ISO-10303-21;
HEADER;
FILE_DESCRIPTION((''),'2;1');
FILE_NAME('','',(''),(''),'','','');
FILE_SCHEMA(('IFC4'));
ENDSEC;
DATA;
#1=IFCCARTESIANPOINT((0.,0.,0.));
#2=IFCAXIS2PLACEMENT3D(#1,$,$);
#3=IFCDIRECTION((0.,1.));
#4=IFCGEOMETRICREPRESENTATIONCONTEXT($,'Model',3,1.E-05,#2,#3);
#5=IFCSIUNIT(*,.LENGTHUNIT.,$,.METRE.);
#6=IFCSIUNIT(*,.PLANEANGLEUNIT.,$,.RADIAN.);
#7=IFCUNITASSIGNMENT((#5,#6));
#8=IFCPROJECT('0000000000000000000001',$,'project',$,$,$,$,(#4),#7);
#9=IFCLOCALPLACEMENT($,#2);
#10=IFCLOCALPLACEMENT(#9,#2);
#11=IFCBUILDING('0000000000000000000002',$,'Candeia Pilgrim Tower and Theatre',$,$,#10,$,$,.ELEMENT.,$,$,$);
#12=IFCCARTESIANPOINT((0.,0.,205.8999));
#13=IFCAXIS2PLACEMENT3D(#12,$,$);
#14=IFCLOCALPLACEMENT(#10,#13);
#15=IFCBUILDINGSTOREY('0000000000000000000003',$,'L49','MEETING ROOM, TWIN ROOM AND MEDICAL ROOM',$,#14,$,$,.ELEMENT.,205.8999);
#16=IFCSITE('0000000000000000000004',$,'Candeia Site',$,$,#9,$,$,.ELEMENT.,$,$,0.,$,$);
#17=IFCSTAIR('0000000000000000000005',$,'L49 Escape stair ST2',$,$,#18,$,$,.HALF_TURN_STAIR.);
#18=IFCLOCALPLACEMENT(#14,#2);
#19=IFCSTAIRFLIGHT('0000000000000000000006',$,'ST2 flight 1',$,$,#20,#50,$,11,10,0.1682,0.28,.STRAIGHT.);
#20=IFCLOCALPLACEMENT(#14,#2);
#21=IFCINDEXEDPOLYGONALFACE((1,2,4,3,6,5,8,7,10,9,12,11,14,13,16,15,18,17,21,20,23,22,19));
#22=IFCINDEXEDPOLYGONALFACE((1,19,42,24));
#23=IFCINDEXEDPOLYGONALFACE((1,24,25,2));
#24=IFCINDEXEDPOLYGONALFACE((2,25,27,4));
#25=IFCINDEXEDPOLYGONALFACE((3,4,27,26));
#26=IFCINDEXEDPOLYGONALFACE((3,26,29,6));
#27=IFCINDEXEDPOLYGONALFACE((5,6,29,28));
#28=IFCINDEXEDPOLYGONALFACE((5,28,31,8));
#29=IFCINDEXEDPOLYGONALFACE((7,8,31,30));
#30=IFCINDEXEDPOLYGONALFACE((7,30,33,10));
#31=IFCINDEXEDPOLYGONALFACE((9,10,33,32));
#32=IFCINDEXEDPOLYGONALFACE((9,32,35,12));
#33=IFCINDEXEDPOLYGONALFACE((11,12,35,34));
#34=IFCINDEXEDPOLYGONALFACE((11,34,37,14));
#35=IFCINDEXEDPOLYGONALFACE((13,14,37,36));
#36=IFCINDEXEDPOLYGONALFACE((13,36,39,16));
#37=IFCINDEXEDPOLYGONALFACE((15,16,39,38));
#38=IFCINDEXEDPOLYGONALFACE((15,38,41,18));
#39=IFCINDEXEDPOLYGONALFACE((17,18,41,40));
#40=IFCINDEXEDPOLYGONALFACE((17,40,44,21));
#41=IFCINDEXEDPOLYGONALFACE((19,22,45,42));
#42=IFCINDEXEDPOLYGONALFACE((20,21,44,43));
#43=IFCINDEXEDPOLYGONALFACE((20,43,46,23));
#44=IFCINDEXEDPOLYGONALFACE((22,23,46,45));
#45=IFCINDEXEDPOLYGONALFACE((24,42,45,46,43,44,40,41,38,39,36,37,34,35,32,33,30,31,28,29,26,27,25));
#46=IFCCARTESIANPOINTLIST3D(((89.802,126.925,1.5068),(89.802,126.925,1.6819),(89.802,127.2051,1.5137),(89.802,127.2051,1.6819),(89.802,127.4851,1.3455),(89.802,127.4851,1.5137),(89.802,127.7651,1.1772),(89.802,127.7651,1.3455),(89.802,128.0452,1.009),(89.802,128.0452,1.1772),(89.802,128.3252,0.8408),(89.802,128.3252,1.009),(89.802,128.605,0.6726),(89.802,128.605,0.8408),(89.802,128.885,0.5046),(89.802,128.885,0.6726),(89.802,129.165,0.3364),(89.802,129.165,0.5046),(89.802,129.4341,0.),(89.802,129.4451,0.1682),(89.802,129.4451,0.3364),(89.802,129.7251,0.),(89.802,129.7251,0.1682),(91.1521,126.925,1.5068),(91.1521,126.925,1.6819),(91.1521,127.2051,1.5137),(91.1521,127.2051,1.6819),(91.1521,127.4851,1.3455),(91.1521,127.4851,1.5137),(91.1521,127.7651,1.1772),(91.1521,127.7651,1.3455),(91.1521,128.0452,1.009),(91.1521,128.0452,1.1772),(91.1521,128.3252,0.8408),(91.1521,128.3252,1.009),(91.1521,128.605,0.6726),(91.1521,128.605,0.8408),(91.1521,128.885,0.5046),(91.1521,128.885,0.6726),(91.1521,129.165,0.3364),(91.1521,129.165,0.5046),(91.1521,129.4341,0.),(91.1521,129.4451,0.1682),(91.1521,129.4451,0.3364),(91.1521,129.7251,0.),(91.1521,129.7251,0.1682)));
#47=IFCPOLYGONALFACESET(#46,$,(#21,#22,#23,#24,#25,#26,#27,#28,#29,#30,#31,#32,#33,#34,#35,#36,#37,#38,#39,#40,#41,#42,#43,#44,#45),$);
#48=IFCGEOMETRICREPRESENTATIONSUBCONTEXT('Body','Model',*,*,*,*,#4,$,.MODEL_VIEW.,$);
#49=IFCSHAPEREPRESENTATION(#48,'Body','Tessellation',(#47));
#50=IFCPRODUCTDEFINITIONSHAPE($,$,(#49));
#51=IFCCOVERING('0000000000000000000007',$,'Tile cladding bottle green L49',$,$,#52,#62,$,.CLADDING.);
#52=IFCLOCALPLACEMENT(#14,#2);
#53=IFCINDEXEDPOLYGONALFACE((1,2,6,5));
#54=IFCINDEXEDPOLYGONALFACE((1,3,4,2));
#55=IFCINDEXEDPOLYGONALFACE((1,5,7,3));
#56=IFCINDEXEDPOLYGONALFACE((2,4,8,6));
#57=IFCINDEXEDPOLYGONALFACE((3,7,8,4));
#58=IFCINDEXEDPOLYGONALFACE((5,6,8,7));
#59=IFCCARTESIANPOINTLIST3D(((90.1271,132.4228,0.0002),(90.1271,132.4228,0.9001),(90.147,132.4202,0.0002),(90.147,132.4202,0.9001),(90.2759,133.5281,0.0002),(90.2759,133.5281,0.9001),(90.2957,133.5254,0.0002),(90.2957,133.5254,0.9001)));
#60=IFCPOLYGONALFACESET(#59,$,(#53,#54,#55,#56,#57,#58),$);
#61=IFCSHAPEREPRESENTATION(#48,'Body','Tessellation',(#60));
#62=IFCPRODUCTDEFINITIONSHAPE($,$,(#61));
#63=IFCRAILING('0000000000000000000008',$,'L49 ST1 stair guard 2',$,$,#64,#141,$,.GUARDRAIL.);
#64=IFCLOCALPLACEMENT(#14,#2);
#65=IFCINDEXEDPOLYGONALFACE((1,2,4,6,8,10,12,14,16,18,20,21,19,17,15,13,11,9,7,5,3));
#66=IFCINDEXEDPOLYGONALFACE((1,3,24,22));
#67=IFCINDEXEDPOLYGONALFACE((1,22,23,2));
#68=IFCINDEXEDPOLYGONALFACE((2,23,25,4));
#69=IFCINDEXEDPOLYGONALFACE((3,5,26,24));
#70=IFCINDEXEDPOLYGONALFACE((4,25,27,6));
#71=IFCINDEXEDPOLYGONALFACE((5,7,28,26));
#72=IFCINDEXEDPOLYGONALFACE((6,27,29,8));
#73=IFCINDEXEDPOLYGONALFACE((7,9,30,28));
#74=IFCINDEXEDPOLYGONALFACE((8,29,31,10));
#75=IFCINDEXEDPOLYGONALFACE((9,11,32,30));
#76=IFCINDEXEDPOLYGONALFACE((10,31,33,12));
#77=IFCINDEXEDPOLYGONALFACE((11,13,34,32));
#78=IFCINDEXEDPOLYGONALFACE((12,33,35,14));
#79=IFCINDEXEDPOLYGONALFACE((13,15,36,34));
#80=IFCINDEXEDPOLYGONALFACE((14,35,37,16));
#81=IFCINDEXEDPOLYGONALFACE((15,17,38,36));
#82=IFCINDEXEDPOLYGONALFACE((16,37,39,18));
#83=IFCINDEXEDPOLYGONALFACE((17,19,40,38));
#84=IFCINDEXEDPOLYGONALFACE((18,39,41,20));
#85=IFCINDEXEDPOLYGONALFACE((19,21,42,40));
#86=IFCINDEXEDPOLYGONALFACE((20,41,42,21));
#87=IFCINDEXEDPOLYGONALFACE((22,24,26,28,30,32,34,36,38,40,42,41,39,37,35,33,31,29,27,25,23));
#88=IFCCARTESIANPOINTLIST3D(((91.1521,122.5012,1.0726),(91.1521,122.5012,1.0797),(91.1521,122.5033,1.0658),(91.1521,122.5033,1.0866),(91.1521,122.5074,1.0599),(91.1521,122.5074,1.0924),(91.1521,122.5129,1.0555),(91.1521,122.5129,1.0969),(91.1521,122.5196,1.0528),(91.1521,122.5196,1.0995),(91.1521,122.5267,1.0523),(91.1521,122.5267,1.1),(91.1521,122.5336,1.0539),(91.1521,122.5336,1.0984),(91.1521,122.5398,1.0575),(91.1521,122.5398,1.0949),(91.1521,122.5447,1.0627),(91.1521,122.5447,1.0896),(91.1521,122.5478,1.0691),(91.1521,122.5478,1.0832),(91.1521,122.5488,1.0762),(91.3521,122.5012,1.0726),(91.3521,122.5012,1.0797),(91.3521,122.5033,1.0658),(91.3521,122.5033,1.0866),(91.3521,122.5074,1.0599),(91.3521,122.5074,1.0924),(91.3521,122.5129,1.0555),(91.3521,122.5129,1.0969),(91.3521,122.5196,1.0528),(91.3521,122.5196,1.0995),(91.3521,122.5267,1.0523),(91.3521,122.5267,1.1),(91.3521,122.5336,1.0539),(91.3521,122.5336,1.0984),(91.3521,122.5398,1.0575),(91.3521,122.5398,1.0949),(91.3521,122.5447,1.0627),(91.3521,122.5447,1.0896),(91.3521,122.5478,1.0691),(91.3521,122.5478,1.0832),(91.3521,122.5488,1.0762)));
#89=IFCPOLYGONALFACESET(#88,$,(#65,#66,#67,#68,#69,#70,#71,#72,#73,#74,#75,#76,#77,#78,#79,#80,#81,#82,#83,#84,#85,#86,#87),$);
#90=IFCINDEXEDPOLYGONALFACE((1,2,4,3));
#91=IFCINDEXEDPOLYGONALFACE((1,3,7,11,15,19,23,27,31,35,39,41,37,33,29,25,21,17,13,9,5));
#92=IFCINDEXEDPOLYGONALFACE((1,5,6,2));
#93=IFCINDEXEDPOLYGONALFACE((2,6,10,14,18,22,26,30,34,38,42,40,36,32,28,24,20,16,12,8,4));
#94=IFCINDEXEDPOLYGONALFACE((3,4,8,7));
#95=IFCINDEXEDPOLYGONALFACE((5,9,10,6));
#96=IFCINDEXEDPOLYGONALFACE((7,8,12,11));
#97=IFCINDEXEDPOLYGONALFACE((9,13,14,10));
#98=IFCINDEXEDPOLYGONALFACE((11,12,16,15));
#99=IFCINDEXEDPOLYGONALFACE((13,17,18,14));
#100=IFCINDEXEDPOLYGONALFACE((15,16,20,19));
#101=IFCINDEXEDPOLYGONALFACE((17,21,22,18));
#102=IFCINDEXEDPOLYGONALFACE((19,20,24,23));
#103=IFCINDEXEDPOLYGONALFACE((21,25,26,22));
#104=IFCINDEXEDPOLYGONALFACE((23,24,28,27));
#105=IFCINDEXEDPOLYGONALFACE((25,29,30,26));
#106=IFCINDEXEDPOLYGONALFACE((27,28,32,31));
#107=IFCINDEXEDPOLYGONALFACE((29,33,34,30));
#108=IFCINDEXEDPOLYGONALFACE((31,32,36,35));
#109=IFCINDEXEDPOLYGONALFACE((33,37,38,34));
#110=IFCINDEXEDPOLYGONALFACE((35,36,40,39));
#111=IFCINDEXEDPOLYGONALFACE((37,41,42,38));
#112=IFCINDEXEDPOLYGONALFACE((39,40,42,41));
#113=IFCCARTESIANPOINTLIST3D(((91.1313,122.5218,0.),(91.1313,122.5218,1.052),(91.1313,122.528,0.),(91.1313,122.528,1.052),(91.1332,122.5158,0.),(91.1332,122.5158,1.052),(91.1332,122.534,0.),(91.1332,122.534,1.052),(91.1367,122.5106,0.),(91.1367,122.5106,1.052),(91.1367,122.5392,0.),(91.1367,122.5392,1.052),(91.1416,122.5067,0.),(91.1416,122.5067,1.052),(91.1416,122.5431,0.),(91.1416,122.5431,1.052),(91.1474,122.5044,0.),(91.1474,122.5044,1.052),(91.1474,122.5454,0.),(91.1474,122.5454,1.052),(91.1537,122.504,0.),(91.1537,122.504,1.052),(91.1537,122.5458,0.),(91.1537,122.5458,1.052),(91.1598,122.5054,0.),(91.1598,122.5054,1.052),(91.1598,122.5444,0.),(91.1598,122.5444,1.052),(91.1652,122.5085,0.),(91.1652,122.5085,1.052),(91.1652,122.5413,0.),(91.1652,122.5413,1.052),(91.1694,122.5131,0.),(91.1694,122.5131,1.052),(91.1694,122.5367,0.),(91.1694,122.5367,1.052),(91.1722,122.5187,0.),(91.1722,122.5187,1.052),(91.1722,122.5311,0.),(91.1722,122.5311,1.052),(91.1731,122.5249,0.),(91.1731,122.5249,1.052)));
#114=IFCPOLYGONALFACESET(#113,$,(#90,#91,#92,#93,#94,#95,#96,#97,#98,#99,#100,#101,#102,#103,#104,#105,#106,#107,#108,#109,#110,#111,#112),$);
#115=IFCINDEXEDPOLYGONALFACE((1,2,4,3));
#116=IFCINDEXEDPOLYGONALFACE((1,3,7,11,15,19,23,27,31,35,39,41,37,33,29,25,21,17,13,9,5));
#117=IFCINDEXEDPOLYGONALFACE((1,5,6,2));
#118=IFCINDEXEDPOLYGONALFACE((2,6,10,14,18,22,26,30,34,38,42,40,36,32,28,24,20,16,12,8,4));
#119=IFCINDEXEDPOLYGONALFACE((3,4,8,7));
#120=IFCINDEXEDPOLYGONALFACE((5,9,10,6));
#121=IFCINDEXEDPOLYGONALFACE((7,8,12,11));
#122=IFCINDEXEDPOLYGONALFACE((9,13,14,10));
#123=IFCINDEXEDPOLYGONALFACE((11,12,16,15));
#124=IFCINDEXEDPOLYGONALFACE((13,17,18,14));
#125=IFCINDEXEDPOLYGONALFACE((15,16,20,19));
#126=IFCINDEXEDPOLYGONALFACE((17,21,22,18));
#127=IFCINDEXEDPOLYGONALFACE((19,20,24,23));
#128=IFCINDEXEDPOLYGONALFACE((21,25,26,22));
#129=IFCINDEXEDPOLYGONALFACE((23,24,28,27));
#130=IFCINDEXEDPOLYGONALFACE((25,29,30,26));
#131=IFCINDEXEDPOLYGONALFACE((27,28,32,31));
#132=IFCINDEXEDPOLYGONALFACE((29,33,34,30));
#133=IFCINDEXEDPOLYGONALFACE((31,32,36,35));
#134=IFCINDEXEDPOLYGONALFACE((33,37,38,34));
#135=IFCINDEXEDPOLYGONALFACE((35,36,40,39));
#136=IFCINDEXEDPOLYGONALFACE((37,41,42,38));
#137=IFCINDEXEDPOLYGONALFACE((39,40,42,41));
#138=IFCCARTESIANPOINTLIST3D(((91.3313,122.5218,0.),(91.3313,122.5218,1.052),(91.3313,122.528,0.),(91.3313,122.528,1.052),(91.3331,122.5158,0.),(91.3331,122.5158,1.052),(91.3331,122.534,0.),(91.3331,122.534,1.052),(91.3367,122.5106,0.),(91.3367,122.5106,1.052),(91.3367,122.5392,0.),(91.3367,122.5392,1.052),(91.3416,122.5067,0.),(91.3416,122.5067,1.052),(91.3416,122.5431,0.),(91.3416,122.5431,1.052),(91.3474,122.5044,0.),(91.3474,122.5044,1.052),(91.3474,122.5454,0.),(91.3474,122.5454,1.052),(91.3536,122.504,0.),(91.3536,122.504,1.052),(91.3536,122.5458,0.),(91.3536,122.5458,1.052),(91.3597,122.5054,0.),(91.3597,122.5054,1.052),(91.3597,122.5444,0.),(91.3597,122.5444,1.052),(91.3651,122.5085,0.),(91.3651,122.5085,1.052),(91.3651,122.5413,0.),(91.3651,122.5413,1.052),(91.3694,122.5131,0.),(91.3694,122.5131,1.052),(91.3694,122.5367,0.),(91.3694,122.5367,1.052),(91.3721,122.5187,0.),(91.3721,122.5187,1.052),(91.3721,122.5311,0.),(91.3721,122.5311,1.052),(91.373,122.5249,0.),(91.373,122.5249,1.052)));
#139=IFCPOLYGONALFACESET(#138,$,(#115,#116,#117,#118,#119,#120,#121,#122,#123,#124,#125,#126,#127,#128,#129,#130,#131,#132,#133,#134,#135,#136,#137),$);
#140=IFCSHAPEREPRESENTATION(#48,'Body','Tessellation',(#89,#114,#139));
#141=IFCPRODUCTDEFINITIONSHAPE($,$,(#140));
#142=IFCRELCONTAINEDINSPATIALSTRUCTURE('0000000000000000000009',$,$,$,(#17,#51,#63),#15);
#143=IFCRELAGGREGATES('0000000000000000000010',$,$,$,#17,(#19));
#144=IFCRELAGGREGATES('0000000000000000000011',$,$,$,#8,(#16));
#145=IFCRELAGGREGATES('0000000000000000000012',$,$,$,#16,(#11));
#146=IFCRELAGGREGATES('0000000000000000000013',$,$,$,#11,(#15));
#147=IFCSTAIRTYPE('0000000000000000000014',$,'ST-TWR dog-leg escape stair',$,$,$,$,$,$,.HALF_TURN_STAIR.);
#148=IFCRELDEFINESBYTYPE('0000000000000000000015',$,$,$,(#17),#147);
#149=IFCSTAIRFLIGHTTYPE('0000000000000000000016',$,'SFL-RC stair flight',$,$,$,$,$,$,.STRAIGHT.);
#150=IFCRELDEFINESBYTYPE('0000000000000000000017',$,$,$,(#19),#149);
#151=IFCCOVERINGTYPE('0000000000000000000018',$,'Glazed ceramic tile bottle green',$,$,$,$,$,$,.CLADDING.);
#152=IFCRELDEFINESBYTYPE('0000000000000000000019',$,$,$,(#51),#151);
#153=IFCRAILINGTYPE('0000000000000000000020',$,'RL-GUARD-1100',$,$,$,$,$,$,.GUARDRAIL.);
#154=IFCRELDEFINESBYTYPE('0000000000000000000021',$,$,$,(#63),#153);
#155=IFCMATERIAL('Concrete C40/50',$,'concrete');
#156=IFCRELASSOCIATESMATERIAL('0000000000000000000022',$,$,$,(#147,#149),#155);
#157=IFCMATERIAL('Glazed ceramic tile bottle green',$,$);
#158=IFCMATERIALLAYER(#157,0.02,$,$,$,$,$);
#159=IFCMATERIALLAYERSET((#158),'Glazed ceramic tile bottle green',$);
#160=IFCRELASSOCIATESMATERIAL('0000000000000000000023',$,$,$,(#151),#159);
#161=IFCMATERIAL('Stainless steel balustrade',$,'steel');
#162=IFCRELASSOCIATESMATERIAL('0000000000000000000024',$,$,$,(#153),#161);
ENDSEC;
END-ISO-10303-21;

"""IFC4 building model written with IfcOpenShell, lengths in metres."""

from ifc_helpers import new_model, si_unit, direction, frame, origin, origin_2d, place, context, subcontext, project, spatial, polyline, rectangle, circle, outline, extrude, material, layer, layer_set, type_object, element, aggregate, save


model = new_model("IFC4")

# Units and contexts
model_context = context("Model", 3, precision=1e-05, world=origin(), true_north=direction((0.0, 1.0)))
body_context = subcontext(model_context, "Body", "Model", "MODEL_VIEW")
ifc_project = project(units=[si_unit("LENGTHUNIT", "METRE"), si_unit("PLANEANGLEUNIT", "RADIAN")], contexts=[model_context])

# Site, building, storey
site_placement = place(None, origin())
site = spatial("IfcSite", under=ifc_project, at=site_placement, Name="Candeia Site", CompositionType="ELEMENT", RefElevation=0.0)
building_placement = place(site_placement, origin())
building = spatial("IfcBuilding", under=site, at=building_placement, Name="Candeia Pilgrim Tower and Theatre", CompositionType="ELEMENT")
storey_placement = place(building_placement, frame((0.0, 0.0, 205.8999)))
storey = spatial("IfcBuildingStorey", under=building, at=storey_placement, Name="L49", Description="MEETING ROOM, TWIN ROOM AND MEDICAL ROOM", CompositionType="ELEMENT", Elevation=205.8999)

# Shared definitions
ifc_material_1 = material(Name="Concrete C40/50", Category="concrete")

# Stair, stair flight
stair_type = type_object("IfcStairType", Name="ST-TWR dog-leg escape stair", PredefinedType="HALF_TURN_STAIR", material=ifc_material_1)
stair_flight_type = type_object("IfcStairFlightType", Name="SFL-RC stair flight", PredefinedType="STRAIGHT", material=ifc_material_1)
stair_1_placement = place(storey_placement, origin())
stair_1 = element("IfcStair", 1, at=stair_1_placement, inside=storey, type_object=stair_type, Name="L49 Escape stair ST2", PredefinedType="HALF_TURN_STAIR")
stair_flight_1_placement = place(storey_placement, frame((90.4771, 129.7251, 0.0), z_axis=(0.0, 0.0, 1.0), x_axis=(0.0, -1.0, 0.0)))
stair_flight_1 = element("IfcStairFlight", 2, at=stair_flight_1_placement, type_object=stair_flight_type, Name="ST2 flight 1", NumberOfRisers=11, NumberOfTreads=10, PredefinedType="STRAIGHT", RiserHeight=0.1682, TreadLength=0.28, context=body_context, shape_type="SweptSolid", body=[
    extrude(outline(polyline([(0.0, 0.0), (0.0, 0.1682), (0.28, 0.1682), (0.28, 0.3364), (0.5601, 0.3364), (0.5601, 0.5046), (0.8401, 0.5046), (0.8401, 0.6726), (1.1201, 0.6726), (1.1201, 0.8408), (1.3999, 0.8408), (1.3999, 1.009), (1.6799, 1.009), (1.6799, 1.1772), (1.96, 1.1772), (1.96, 1.3455), (2.24, 1.3455), (2.24, 1.5137), (2.52, 1.5137), (2.52, 1.6819), (2.8, 1.6819), (2.8, 1.8501), (2.8, 1.5068), (0.291, 0.0), (0.0, 0.0)])), frame((0.0, 0.675, 0.0), z_axis=(0.0, -1.0, 0.0), x_axis=(1.0, 0.0, 0.0)), (0.0, 0.0, 1.0), 1.3501),
])
aggregate(stair_1, [stair_flight_1])

# Shared definitions
ifc_material_2 = material(Name="Stainless steel balustrade", Category="steel")

# Covering
ifc_material_3 = material(Name="Glazed ceramic tile bottle green")
ifc_layer_1 = layer(ifc_material_3, 0.02)
ifc_layer_set_1 = layer_set([ifc_layer_1], Name="Glazed ceramic tile bottle green")
covering_type = type_object("IfcCoveringType", Name="Glazed ceramic tile bottle green", PredefinedType="CLADDING", material=ifc_layer_set_1)
covering_placement = place(storey_placement, frame((90.2114, 132.9741, 0.0002), z_axis=(0.0, 0.0, 1.0), x_axis=(-0.133412, -0.991061, 0.0)))
element("IfcCovering", 3, at=covering_placement, inside=storey, type_object=covering_type, Name="Tile cladding bottle green L49", PredefinedType="CLADDING", context=body_context, shape_type="SweptSolid", body=[
    extrude(rectangle(XDim=1.1152, YDim=0.02, at=origin_2d()), origin(), (0.0, 0.0, 1.0), 0.8999),
])

# Railing
railing_type_1 = type_object("IfcRailingType", Name="RL-GUARD-1100", PredefinedType="GUARDRAIL", material=ifc_material_2)
railing_1_placement = place(storey_placement, frame((91.1521, 122.5249, 0.0)))
element("IfcRailing", 4, at=railing_1_placement, inside=storey, type_object=railing_type_1, Name="L49 ST1 stair guard 2", PredefinedType="GUARDRAIL", context=body_context, shape_type="SweptSolid", body=[
    extrude(circle(Radius=0.0239, at=origin_2d()), frame((0.0, 0.0, 1.0762), z_axis=(1.0, 0.0, 0.0), x_axis=(0.0, 1.0, 0.0)), (0.0, 0.0, 1.0), 0.2),
    extrude(circle(Radius=0.021, at=origin_2d()), origin(), (0.0, 0.0, 1.0), 1.052),
    extrude(circle(Radius=0.021, at=origin_2d()), frame((0.2, 0.0, 0.0)), (0.0, 0.0, 1.0), 1.052),
])

save(model, "model.ifc")
